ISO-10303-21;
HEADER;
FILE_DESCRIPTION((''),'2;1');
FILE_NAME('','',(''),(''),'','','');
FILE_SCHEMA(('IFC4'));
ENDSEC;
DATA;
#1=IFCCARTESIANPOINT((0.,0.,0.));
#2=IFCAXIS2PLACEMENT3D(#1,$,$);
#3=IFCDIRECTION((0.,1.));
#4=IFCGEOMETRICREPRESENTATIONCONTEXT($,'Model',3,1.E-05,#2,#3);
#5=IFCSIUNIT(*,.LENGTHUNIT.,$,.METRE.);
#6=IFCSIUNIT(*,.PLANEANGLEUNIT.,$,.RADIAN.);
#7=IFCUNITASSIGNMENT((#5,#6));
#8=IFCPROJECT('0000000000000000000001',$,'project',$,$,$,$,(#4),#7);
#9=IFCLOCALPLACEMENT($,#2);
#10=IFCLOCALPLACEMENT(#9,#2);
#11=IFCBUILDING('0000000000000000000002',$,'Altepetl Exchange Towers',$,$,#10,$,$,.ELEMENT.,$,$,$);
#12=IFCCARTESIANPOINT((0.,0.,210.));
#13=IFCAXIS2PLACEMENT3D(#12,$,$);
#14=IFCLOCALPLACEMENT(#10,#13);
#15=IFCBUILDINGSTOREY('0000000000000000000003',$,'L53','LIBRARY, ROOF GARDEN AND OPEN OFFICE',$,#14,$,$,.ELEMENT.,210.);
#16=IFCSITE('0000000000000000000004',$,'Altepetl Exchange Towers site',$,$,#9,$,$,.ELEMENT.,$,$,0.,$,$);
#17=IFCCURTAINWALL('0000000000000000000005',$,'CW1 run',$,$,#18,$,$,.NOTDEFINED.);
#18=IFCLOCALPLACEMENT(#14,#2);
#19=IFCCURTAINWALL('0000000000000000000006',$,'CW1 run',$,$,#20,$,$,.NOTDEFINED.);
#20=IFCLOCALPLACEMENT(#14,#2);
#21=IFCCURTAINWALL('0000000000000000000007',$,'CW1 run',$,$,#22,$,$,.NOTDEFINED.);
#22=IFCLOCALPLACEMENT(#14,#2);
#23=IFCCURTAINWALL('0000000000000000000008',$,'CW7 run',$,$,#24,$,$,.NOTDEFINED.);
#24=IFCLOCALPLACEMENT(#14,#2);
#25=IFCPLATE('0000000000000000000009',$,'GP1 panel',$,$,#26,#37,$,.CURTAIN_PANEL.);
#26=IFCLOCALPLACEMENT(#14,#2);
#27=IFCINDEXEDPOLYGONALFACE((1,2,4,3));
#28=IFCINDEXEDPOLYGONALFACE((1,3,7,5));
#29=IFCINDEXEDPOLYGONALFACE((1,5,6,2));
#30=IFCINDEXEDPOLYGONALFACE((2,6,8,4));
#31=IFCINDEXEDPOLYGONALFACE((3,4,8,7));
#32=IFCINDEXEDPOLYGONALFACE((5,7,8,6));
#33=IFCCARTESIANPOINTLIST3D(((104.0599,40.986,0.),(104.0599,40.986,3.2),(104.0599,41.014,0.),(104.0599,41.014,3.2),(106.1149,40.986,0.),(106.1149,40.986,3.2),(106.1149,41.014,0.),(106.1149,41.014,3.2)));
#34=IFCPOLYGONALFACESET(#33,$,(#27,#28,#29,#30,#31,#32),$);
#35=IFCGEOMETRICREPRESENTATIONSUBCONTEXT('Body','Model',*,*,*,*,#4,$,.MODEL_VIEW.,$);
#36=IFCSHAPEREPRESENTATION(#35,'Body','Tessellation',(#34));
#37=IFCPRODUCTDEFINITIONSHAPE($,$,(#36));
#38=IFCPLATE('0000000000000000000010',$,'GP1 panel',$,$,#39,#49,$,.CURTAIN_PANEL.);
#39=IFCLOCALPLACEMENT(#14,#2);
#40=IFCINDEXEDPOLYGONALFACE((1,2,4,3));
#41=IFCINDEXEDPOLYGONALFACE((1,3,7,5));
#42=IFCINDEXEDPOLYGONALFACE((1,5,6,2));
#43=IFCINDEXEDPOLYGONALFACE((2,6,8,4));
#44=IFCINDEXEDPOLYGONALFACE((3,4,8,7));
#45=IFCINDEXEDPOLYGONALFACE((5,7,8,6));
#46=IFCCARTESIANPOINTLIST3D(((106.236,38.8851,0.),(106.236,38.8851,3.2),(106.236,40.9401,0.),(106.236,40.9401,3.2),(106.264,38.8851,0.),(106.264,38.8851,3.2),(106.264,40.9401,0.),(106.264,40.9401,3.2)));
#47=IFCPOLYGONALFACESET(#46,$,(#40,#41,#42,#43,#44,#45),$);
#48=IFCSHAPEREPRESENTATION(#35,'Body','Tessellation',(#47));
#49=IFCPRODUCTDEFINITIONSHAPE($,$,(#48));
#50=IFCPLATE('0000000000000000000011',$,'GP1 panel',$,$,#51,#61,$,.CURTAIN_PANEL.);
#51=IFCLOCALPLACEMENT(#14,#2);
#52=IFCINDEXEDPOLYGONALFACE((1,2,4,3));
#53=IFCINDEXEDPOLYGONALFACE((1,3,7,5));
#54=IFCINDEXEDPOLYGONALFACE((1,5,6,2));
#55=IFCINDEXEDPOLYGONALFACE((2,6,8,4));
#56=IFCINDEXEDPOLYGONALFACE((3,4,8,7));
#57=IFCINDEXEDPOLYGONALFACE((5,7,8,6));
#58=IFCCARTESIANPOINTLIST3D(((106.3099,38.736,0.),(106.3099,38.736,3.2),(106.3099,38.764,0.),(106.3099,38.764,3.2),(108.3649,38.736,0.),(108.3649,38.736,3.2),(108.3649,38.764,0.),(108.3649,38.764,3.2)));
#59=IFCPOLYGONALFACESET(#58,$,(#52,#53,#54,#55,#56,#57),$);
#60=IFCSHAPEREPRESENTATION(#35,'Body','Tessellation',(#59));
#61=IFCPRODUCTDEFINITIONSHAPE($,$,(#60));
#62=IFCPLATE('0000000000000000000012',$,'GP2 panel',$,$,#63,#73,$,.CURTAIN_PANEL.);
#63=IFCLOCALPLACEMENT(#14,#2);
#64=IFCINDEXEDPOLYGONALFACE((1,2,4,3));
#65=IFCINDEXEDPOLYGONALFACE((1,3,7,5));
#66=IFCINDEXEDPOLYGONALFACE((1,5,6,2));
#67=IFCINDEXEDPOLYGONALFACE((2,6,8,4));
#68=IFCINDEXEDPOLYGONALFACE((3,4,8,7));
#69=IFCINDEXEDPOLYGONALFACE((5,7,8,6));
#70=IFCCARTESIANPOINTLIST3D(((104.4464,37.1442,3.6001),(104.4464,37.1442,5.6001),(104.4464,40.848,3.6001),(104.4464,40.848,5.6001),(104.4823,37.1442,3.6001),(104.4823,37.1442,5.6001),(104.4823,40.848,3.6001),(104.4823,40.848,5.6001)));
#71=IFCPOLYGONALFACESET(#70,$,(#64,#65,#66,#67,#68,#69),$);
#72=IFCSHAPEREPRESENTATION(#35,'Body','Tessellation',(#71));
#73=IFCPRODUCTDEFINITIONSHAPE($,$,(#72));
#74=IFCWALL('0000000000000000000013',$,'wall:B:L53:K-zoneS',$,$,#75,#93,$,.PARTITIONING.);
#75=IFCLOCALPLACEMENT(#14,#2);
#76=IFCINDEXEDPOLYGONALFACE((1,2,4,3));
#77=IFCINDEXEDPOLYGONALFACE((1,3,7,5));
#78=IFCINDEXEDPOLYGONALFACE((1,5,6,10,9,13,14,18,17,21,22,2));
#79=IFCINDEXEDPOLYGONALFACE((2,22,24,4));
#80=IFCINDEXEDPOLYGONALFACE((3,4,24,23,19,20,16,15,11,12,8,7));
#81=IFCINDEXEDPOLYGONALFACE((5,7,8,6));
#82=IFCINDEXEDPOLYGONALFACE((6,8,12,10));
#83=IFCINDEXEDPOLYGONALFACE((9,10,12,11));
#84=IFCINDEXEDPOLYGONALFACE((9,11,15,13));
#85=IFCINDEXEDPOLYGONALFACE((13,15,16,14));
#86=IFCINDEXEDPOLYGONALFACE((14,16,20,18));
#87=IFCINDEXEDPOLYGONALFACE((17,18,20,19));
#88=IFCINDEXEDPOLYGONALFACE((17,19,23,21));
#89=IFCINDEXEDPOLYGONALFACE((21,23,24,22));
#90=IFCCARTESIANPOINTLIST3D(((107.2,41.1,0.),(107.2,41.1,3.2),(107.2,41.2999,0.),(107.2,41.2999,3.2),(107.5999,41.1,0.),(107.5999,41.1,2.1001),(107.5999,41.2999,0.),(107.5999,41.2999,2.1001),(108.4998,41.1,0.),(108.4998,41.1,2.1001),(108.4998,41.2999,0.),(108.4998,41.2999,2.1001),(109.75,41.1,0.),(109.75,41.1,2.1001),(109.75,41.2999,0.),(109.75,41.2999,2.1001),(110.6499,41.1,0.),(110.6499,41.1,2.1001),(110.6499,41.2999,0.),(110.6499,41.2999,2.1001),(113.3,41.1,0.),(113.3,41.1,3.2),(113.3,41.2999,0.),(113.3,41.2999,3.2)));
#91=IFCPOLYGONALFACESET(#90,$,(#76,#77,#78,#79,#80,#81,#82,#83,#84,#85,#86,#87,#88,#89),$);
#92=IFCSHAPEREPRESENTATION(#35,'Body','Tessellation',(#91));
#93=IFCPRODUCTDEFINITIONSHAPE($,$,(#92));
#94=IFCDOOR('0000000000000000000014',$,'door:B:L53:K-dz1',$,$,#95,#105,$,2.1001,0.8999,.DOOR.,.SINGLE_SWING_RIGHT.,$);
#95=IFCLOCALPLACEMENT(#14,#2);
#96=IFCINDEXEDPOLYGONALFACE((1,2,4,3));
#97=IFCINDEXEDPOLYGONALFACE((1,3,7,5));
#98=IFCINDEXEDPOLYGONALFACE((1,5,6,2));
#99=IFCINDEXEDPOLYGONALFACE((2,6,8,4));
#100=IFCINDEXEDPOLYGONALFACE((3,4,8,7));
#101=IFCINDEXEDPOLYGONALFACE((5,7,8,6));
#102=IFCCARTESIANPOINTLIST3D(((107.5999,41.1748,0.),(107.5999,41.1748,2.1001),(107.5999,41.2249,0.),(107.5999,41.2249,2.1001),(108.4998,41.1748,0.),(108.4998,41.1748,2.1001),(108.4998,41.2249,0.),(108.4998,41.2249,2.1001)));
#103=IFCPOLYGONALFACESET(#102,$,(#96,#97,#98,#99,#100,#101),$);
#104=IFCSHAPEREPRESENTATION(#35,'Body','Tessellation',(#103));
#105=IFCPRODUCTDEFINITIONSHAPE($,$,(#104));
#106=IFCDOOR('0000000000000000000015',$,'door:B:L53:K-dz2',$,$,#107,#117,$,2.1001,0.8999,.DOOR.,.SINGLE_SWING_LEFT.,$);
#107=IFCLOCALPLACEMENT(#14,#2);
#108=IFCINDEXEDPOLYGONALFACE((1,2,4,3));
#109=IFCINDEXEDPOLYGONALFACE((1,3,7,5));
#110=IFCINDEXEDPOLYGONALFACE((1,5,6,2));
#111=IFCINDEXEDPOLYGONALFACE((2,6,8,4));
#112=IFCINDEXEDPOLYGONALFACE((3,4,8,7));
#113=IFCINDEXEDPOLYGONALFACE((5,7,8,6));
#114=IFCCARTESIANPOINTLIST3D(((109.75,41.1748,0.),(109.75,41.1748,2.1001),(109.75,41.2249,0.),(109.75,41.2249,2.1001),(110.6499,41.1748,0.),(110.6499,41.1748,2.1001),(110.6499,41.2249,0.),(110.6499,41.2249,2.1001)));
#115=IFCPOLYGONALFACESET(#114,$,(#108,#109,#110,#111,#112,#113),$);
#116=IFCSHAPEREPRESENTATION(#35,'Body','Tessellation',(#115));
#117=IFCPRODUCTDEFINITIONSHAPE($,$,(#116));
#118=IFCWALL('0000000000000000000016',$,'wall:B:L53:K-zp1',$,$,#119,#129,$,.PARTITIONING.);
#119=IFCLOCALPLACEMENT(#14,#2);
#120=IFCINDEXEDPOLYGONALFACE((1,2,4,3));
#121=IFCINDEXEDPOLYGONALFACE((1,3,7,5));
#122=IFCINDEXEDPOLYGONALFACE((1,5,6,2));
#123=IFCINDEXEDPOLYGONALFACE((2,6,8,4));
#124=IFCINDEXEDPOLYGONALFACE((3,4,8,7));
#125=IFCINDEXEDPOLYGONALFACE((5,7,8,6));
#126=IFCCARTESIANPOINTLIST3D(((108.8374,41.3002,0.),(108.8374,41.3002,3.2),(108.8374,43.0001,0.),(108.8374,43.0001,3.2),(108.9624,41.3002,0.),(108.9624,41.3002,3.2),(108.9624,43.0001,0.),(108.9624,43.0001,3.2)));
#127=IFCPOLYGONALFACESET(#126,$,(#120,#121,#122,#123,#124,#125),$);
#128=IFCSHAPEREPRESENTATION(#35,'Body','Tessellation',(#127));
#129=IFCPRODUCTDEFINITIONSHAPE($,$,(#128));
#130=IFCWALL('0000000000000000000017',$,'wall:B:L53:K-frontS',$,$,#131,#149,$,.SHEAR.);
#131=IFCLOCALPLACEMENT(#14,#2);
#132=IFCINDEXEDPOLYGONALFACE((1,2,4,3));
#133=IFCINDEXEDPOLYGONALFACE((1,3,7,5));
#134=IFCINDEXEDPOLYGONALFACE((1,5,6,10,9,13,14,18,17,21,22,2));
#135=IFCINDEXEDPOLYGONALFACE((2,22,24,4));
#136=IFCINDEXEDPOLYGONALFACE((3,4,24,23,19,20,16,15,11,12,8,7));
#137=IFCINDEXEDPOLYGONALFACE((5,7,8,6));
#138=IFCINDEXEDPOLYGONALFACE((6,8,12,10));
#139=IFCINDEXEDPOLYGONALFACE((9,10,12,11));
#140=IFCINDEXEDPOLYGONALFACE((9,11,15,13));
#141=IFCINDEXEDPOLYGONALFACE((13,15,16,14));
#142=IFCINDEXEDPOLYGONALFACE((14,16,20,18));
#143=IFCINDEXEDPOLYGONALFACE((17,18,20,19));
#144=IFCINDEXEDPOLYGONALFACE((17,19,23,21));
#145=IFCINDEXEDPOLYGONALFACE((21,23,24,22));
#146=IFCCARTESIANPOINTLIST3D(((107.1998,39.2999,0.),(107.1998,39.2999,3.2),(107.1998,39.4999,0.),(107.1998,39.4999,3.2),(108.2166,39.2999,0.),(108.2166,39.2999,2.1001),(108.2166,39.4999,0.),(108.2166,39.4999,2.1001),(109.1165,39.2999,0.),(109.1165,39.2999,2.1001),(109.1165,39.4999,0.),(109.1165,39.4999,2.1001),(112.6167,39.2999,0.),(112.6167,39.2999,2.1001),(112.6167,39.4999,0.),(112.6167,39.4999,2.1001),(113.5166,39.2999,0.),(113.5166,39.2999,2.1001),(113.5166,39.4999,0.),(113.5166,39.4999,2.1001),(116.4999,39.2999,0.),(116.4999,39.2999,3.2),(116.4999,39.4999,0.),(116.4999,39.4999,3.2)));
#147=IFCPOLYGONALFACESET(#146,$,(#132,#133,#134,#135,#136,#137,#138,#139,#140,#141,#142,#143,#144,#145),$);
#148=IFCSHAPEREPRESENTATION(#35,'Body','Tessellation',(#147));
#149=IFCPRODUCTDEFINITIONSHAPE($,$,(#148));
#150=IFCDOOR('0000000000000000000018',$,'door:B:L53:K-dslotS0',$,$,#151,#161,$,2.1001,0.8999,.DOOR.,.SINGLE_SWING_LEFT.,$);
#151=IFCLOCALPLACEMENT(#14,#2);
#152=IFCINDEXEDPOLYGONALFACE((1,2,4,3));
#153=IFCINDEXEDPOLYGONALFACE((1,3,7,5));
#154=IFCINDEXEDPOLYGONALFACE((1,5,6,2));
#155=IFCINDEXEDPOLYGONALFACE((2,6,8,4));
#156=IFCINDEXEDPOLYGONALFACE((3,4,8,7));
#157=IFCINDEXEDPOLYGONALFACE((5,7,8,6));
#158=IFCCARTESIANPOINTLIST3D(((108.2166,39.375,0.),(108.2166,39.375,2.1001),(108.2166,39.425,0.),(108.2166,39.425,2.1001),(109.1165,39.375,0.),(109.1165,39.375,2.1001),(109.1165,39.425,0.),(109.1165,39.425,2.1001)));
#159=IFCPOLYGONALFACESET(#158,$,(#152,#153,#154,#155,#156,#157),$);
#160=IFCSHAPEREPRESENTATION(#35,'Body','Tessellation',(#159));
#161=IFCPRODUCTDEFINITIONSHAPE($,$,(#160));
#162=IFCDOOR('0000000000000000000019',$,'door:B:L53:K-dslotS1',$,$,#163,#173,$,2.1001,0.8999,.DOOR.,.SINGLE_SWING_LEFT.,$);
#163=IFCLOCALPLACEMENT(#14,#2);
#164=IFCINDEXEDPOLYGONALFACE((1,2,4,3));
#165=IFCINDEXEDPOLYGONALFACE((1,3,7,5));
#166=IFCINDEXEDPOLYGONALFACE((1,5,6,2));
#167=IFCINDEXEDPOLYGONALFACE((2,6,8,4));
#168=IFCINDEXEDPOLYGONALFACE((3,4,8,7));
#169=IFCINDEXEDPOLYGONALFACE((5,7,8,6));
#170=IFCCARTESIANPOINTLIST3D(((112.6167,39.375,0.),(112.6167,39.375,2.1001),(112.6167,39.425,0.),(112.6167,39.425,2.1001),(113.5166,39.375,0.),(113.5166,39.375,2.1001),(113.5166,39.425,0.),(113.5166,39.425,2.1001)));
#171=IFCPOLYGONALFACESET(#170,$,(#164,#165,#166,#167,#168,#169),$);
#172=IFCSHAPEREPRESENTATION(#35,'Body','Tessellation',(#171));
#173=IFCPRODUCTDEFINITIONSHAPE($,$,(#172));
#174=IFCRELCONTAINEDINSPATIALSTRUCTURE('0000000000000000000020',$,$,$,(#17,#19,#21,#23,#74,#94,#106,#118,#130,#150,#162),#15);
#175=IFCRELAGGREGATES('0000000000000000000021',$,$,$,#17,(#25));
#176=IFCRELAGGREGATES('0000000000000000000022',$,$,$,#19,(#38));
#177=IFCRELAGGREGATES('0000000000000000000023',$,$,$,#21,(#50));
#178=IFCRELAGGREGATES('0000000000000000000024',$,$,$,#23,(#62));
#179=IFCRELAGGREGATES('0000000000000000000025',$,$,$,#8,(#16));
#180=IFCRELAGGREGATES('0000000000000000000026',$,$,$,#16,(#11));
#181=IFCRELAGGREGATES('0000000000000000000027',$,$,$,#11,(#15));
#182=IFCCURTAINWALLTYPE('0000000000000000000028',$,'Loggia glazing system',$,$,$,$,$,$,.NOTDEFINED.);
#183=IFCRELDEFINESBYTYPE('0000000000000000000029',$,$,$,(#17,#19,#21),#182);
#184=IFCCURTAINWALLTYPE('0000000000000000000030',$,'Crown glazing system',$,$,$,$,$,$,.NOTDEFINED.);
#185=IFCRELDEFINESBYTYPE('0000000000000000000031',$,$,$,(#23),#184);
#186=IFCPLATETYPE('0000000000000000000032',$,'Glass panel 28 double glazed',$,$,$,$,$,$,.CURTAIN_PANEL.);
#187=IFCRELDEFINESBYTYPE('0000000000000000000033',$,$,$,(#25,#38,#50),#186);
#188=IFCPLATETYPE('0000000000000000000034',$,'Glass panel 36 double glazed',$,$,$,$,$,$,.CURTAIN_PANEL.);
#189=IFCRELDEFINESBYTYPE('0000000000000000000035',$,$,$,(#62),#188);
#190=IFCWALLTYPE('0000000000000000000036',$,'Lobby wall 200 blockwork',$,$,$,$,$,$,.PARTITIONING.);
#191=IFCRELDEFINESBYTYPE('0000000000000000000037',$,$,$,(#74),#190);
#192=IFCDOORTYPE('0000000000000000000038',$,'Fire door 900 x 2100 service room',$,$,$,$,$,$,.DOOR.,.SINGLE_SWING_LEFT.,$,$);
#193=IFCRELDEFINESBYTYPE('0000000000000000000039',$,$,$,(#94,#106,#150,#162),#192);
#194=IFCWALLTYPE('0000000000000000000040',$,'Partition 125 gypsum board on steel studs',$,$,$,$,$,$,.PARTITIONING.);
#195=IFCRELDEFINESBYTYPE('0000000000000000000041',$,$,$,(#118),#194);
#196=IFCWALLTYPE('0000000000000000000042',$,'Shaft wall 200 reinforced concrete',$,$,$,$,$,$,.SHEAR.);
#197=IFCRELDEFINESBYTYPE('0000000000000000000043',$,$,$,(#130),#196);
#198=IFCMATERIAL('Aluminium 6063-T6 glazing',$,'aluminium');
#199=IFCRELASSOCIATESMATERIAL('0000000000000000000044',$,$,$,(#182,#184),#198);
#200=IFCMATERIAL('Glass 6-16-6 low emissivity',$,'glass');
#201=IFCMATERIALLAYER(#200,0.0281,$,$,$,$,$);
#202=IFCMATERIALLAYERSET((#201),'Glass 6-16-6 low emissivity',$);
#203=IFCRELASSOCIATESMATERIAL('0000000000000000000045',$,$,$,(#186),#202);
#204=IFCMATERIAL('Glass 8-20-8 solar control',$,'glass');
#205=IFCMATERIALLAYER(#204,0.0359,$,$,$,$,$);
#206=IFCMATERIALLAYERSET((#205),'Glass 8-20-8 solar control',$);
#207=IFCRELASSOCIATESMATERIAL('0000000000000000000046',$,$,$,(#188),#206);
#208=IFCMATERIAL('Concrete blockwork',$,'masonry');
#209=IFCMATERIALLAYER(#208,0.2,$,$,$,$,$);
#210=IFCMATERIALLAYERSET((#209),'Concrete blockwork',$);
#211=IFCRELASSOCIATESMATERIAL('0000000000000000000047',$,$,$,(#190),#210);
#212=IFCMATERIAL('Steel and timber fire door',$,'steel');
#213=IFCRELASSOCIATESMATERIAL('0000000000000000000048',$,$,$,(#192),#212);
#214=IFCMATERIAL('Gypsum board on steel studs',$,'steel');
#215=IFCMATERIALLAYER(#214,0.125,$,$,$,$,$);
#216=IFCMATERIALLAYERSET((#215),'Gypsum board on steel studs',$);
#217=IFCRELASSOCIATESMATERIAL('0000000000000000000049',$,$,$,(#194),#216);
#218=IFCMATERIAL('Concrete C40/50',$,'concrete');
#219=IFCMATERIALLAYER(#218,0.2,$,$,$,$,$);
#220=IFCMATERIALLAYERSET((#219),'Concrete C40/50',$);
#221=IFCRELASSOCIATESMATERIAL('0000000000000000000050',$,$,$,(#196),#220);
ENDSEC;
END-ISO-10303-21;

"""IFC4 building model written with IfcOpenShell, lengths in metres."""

from ifc_helpers import new_model, si_unit, direction, frame, frame_2d, origin, origin_2d, place, context, subcontext, project, spatial, rectangle, extrude, material, layer, layer_set, type_object, element, fill, aggregate, save


model = new_model("IFC4")

# Units and contexts
model_context = context("Model", 3, precision=1e-05, world=origin(), true_north=direction((0.0, 1.0)))
body_context = subcontext(model_context, "Body", "Model", "MODEL_VIEW")
ifc_project = project(units=[si_unit("LENGTHUNIT", "METRE"), si_unit("PLANEANGLEUNIT", "RADIAN")], contexts=[model_context])

# Site, building, storey
site_placement = place(None, origin())
site = spatial("IfcSite", under=ifc_project, at=site_placement, Name="Altepetl Exchange Towers site", CompositionType="ELEMENT", RefElevation=0.0)
building_placement = place(site_placement, origin())
building = spatial("IfcBuilding", under=site, at=building_placement, Name="Altepetl Exchange Towers", CompositionType="ELEMENT")
storey_placement = place(building_placement, frame((0.0, 0.0, 210.0)))
storey = spatial("IfcBuildingStorey", under=building, at=storey_placement, Name="L53", Description="LIBRARY, ROOF GARDEN AND OPEN OFFICE", CompositionType="ELEMENT", Elevation=210.0)

# Shared definitions
ifc_material_1 = material(Name="Aluminium 6063-T6 glazing", Category="aluminium")
curtain_wall_type_1 = type_object("IfcCurtainWallType", Name="Loggia glazing system", PredefinedType="NOTDEFINED", material=ifc_material_1)

# Curtain walls
curtain_wall_1_placement = place(storey_placement, origin())
curtain_wall_1 = element("IfcCurtainWall", 1, at=curtain_wall_1_placement, inside=storey, type_object=curtain_wall_type_1, Name="CW1 run", PredefinedType="NOTDEFINED")
curtain_wall_2_placement = place(storey_placement, origin())
curtain_wall_2 = element("IfcCurtainWall", 2, at=curtain_wall_2_placement, inside=storey, type_object=curtain_wall_type_1, Name="CW1 run", PredefinedType="NOTDEFINED")
curtain_wall_3_placement = place(storey_placement, origin())
curtain_wall_3 = element("IfcCurtainWall", 3, at=curtain_wall_3_placement, inside=storey, type_object=curtain_wall_type_1, Name="CW1 run", PredefinedType="NOTDEFINED")

# Curtain wall
curtain_wall_type_2 = type_object("IfcCurtainWallType", Name="Crown glazing system", PredefinedType="NOTDEFINED", material=ifc_material_1)
curtain_wall_4_placement = place(storey_placement, origin())
curtain_wall_4 = element("IfcCurtainWall", 4, at=curtain_wall_4_placement, inside=storey, type_object=curtain_wall_type_2, Name="CW7 run", PredefinedType="NOTDEFINED")

# Plates
ifc_material_2 = material(Name="Glass 6-16-6 low emissivity", Category="glass")
ifc_layer_1 = layer(ifc_material_2, 0.0281)
ifc_layer_set_1 = layer_set([ifc_layer_1], Name="Glass 6-16-6 low emissivity")
plate_type_1 = type_object("IfcPlateType", Name="Glass panel 28 double glazed", PredefinedType="CURTAIN_PANEL", material=ifc_layer_set_1)
plate_1_placement = place(storey_placement, frame((105.0874, 41.0, 0.0)))
plate_1 = element("IfcPlate", 5, at=plate_1_placement, type_object=plate_type_1, Name="GP1 panel", PredefinedType="CURTAIN_PANEL", context=body_context, shape_type="SweptSolid", body=[
    extrude(rectangle(XDim=2.0549, YDim=0.0281, at=origin_2d()), origin(), (0.0, 0.0, 1.0), 3.2),
])
aggregate(curtain_wall_1, [plate_1])
plate_2_placement = place(storey_placement, frame((106.25, 39.9126, 0.0), z_axis=(0.0, 0.0, 1.0), x_axis=(0.0, -1.0, 0.0)))
plate_2 = element("IfcPlate", 6, at=plate_2_placement, type_object=plate_type_1, Name="GP1 panel", PredefinedType="CURTAIN_PANEL", context=body_context, shape_type="SweptSolid", body=[
    extrude(rectangle(XDim=2.0549, YDim=0.0281, at=origin_2d()), origin(), (0.0, 0.0, 1.0), 3.2),
])
aggregate(curtain_wall_2, [plate_2])
plate_3_placement = place(storey_placement, frame((107.3374, 38.75, 0.0)))
plate_3 = element("IfcPlate", 7, at=plate_3_placement, type_object=plate_type_1, Name="GP1 panel", PredefinedType="CURTAIN_PANEL", context=body_context, shape_type="SweptSolid", body=[
    extrude(rectangle(XDim=2.0549, YDim=0.0281, at=origin_2d()), origin(), (0.0, 0.0, 1.0), 3.2),
])
aggregate(curtain_wall_3, [plate_3])
ifc_material_3 = material(Name="Glass 8-20-8 solar control", Category="glass")
ifc_layer_2 = layer(ifc_material_3, 0.0359)
ifc_layer_set_2 = layer_set([ifc_layer_2], Name="Glass 8-20-8 solar control")
plate_type_2 = type_object("IfcPlateType", Name="Glass panel 36 double glazed", PredefinedType="CURTAIN_PANEL", material=ifc_layer_set_2)
plate_4_placement = place(storey_placement, frame((104.4644, 38.9961, 3.6001), z_axis=(0.0, 0.0, 1.0), x_axis=(0.0, -1.0, 0.0)))
plate_4 = element("IfcPlate", 8, at=plate_4_placement, type_object=plate_type_2, Name="GP2 panel", PredefinedType="CURTAIN_PANEL", context=body_context, shape_type="SweptSolid", body=[
    extrude(rectangle(XDim=3.7039, YDim=0.0359, at=origin_2d()), origin(), (0.0, 0.0, 1.0), 2.0),
])
aggregate(curtain_wall_4, [plate_4])

# Wall, openings, doors
ifc_material_4 = material(Name="Concrete blockwork", Category="masonry")
ifc_layer_3 = layer(ifc_material_4, 0.2)
ifc_layer_set_3 = layer_set([ifc_layer_3], Name="Concrete blockwork")
wall_type_1 = type_object("IfcWallType", Name="Lobby wall 200 blockwork", PredefinedType="PARTITIONING", material=ifc_layer_set_3)
wall_1_placement = place(storey_placement, frame((107.2, 41.2, 0.0)))
wall_1 = element("IfcWall", 9, at=wall_1_placement, inside=storey, type_object=wall_type_1, Name="wall:B:L53:K-zoneS", PredefinedType="PARTITIONING", context=body_context, shape_type="SweptSolid", body=[
    extrude(rectangle(XDim=6.1001, YDim=0.2, at=frame_2d((3.05, 0.0))), origin(), (0.0, 0.0, 1.0), 3.2),
])
opening_1_placement = place(wall_1_placement, frame((0.3999, 0.0, 0.0)))
opening_1 = element("IfcOpeningElement", 10, at=opening_1_placement, cuts=wall_1, PredefinedType="OPENING", context=body_context, shape_type="SweptSolid", body=[
    extrude(rectangle(XDim=0.8999, YDim=2.1001, at=frame_2d((0.45, 1.05))), frame((0.0, 0.1099, 0.0), z_axis=(0.0, -1.0, 0.0), x_axis=(1.0, 0.0, 0.0)), (0.0, 0.0, 1.0), 0.22),
])
opening_2_placement = place(wall_1_placement, frame((2.55, 0.0, 0.0)))
opening_2 = element("IfcOpeningElement", 11, at=opening_2_placement, cuts=wall_1, PredefinedType="OPENING", context=body_context, shape_type="SweptSolid", body=[
    extrude(rectangle(XDim=0.8999, YDim=2.1001, at=frame_2d((0.45, 1.05))), frame((0.0, 0.1099, 0.0), z_axis=(0.0, -1.0, 0.0), x_axis=(1.0, 0.0, 0.0)), (0.0, 0.0, 1.0), 0.22),
])
ifc_material_5 = material(Name="Steel and timber fire door", Category="steel")
door_type = type_object("IfcDoorType", Name="Fire door 900 x 2100 service room", OperationType="SINGLE_SWING_LEFT", PredefinedType="DOOR", material=ifc_material_5)
door_1_placement = place(opening_1_placement, origin())
door_1 = element("IfcDoor", 12, at=door_1_placement, inside=storey, type_object=door_type, Name="door:B:L53:K-dz1", OperationType="SINGLE_SWING_RIGHT", OverallHeight=2.1001, OverallWidth=0.8999, PredefinedType="DOOR", context=body_context, shape_type="SweptSolid", body=[
    extrude(rectangle(XDim=0.8999, YDim=2.1001, at=frame_2d((0.45, 1.05))), frame((0.0, 0.0249, 0.0), z_axis=(0.0, -1.0, 0.0), x_axis=(1.0, 0.0, 0.0)), (0.0, 0.0, 1.0), 0.05),
])
fill(opening_1, door_1)
door_2_placement = place(opening_2_placement, origin())
door_2 = element("IfcDoor", 13, at=door_2_placement, inside=storey, type_object=door_type, Name="door:B:L53:K-dz2", OperationType="SINGLE_SWING_LEFT", OverallHeight=2.1001, OverallWidth=0.8999, PredefinedType="DOOR", context=body_context, shape_type="SweptSolid", body=[
    extrude(rectangle(XDim=0.8999, YDim=2.1001, at=frame_2d((0.45, 1.05))), frame((0.0, 0.0249, 0.0), z_axis=(0.0, -1.0, 0.0), x_axis=(1.0, 0.0, 0.0)), (0.0, 0.0, 1.0), 0.05),
])
fill(opening_2, door_2)

# Wall
ifc_material_6 = material(Name="Gypsum board on steel studs", Category="steel")
ifc_layer_4 = layer(ifc_material_6, 0.125)
ifc_layer_set_4 = layer_set([ifc_layer_4], Name="Gypsum board on steel studs")
wall_type_2 = type_object("IfcWallType", Name="Partition 125 gypsum board on steel studs", PredefinedType="PARTITIONING", material=ifc_layer_set_4)
wall_2_placement = place(storey_placement, frame((108.8999, 41.3, 0.0), z_axis=(0.0, 0.0, 1.0), x_axis=(0.0, 1.0, 0.0)))
element("IfcWall", 14, at=wall_2_placement, inside=storey, type_object=wall_type_2, Name="wall:B:L53:K-zp1", PredefinedType="PARTITIONING", context=body_context, shape_type="SweptSolid", body=[
    extrude(rectangle(XDim=1.7, YDim=0.125, at=frame_2d((0.8501, 0.0))), origin(), (0.0, 0.0, 1.0), 3.2),
])

# Wall, openings, doors
ifc_material_7 = material(Name="Concrete C40/50", Category="concrete")
ifc_layer_5 = layer(ifc_material_7, 0.2)
ifc_layer_set_5 = layer_set([ifc_layer_5], Name="Concrete C40/50")
wall_type_3 = type_object("IfcWallType", Name="Shaft wall 200 reinforced concrete", PredefinedType="SHEAR", material=ifc_layer_set_5)
wall_3_placement = place(storey_placement, frame((107.2, 39.3999, 0.0)))
wall_3 = element("IfcWall", 15, at=wall_3_placement, inside=storey, type_object=wall_type_3, Name="wall:B:L53:K-frontS", PredefinedType="SHEAR", context=body_context, shape_type="SweptSolid", body=[
    extrude(rectangle(XDim=9.3, YDim=0.2, at=frame_2d((4.6499, 0.0))), origin(), (0.0, 0.0, 1.0), 3.2),
])
opening_3_placement = place(wall_3_placement, frame((1.0166, 0.0, 0.0)))
opening_3 = element("IfcOpeningElement", 16, at=opening_3_placement, cuts=wall_3, PredefinedType="OPENING", context=body_context, shape_type="SweptSolid", body=[
    extrude(rectangle(XDim=0.8999, YDim=2.1001, at=frame_2d((0.45, 1.05))), frame((0.0, 0.1099, 0.0), z_axis=(0.0, -1.0, 0.0), x_axis=(1.0, 0.0, 0.0)), (0.0, 0.0, 1.0), 0.22),
])
opening_4_placement = place(wall_3_placement, frame((5.4167, 0.0, 0.0)))
opening_4 = element("IfcOpeningElement", 17, at=opening_4_placement, cuts=wall_3, PredefinedType="OPENING", context=body_context, shape_type="SweptSolid", body=[
    extrude(rectangle(XDim=0.8999, YDim=2.1001, at=frame_2d((0.45, 1.05))), frame((0.0, 0.1099, 0.0), z_axis=(0.0, -1.0, 0.0), x_axis=(1.0, 0.0, 0.0)), (0.0, 0.0, 1.0), 0.22),
])
door_3_placement = place(opening_3_placement, frame((0.8999, 0.0, 0.0), x_axis=(-1.0, 0.0, 0.0)))
door_3 = element("IfcDoor", 18, at=door_3_placement, inside=storey, type_object=door_type, Name="door:B:L53:K-dslotS0", OperationType="SINGLE_SWING_LEFT", OverallHeight=2.1001, OverallWidth=0.8999, PredefinedType="DOOR", context=body_context, shape_type="SweptSolid", body=[
    extrude(rectangle(XDim=0.8999, YDim=2.1001, at=frame_2d((0.45, 1.05))), frame((0.0, 0.0249, 0.0), z_axis=(0.0, -1.0, 0.0), x_axis=(1.0, 0.0, 0.0)), (0.0, 0.0, 1.0), 0.05),
])
fill(opening_3, door_3)
door_4_placement = place(opening_4_placement, frame((0.8999, 0.0, 0.0), x_axis=(-1.0, 0.0, 0.0)))
door_4 = element("IfcDoor", 19, at=door_4_placement, inside=storey, type_object=door_type, Name="door:B:L53:K-dslotS1", OperationType="SINGLE_SWING_LEFT", OverallHeight=2.1001, OverallWidth=0.8999, PredefinedType="DOOR", context=body_context, shape_type="SweptSolid", body=[
    extrude(rectangle(XDim=0.8999, YDim=2.1001, at=frame_2d((0.45, 1.05))), frame((0.0, 0.0249, 0.0), z_axis=(0.0, -1.0, 0.0), x_axis=(1.0, 0.0, 0.0)), (0.0, 0.0, 1.0), 0.05),
])
fill(opening_4, door_4)

save(model, "model.ifc")
